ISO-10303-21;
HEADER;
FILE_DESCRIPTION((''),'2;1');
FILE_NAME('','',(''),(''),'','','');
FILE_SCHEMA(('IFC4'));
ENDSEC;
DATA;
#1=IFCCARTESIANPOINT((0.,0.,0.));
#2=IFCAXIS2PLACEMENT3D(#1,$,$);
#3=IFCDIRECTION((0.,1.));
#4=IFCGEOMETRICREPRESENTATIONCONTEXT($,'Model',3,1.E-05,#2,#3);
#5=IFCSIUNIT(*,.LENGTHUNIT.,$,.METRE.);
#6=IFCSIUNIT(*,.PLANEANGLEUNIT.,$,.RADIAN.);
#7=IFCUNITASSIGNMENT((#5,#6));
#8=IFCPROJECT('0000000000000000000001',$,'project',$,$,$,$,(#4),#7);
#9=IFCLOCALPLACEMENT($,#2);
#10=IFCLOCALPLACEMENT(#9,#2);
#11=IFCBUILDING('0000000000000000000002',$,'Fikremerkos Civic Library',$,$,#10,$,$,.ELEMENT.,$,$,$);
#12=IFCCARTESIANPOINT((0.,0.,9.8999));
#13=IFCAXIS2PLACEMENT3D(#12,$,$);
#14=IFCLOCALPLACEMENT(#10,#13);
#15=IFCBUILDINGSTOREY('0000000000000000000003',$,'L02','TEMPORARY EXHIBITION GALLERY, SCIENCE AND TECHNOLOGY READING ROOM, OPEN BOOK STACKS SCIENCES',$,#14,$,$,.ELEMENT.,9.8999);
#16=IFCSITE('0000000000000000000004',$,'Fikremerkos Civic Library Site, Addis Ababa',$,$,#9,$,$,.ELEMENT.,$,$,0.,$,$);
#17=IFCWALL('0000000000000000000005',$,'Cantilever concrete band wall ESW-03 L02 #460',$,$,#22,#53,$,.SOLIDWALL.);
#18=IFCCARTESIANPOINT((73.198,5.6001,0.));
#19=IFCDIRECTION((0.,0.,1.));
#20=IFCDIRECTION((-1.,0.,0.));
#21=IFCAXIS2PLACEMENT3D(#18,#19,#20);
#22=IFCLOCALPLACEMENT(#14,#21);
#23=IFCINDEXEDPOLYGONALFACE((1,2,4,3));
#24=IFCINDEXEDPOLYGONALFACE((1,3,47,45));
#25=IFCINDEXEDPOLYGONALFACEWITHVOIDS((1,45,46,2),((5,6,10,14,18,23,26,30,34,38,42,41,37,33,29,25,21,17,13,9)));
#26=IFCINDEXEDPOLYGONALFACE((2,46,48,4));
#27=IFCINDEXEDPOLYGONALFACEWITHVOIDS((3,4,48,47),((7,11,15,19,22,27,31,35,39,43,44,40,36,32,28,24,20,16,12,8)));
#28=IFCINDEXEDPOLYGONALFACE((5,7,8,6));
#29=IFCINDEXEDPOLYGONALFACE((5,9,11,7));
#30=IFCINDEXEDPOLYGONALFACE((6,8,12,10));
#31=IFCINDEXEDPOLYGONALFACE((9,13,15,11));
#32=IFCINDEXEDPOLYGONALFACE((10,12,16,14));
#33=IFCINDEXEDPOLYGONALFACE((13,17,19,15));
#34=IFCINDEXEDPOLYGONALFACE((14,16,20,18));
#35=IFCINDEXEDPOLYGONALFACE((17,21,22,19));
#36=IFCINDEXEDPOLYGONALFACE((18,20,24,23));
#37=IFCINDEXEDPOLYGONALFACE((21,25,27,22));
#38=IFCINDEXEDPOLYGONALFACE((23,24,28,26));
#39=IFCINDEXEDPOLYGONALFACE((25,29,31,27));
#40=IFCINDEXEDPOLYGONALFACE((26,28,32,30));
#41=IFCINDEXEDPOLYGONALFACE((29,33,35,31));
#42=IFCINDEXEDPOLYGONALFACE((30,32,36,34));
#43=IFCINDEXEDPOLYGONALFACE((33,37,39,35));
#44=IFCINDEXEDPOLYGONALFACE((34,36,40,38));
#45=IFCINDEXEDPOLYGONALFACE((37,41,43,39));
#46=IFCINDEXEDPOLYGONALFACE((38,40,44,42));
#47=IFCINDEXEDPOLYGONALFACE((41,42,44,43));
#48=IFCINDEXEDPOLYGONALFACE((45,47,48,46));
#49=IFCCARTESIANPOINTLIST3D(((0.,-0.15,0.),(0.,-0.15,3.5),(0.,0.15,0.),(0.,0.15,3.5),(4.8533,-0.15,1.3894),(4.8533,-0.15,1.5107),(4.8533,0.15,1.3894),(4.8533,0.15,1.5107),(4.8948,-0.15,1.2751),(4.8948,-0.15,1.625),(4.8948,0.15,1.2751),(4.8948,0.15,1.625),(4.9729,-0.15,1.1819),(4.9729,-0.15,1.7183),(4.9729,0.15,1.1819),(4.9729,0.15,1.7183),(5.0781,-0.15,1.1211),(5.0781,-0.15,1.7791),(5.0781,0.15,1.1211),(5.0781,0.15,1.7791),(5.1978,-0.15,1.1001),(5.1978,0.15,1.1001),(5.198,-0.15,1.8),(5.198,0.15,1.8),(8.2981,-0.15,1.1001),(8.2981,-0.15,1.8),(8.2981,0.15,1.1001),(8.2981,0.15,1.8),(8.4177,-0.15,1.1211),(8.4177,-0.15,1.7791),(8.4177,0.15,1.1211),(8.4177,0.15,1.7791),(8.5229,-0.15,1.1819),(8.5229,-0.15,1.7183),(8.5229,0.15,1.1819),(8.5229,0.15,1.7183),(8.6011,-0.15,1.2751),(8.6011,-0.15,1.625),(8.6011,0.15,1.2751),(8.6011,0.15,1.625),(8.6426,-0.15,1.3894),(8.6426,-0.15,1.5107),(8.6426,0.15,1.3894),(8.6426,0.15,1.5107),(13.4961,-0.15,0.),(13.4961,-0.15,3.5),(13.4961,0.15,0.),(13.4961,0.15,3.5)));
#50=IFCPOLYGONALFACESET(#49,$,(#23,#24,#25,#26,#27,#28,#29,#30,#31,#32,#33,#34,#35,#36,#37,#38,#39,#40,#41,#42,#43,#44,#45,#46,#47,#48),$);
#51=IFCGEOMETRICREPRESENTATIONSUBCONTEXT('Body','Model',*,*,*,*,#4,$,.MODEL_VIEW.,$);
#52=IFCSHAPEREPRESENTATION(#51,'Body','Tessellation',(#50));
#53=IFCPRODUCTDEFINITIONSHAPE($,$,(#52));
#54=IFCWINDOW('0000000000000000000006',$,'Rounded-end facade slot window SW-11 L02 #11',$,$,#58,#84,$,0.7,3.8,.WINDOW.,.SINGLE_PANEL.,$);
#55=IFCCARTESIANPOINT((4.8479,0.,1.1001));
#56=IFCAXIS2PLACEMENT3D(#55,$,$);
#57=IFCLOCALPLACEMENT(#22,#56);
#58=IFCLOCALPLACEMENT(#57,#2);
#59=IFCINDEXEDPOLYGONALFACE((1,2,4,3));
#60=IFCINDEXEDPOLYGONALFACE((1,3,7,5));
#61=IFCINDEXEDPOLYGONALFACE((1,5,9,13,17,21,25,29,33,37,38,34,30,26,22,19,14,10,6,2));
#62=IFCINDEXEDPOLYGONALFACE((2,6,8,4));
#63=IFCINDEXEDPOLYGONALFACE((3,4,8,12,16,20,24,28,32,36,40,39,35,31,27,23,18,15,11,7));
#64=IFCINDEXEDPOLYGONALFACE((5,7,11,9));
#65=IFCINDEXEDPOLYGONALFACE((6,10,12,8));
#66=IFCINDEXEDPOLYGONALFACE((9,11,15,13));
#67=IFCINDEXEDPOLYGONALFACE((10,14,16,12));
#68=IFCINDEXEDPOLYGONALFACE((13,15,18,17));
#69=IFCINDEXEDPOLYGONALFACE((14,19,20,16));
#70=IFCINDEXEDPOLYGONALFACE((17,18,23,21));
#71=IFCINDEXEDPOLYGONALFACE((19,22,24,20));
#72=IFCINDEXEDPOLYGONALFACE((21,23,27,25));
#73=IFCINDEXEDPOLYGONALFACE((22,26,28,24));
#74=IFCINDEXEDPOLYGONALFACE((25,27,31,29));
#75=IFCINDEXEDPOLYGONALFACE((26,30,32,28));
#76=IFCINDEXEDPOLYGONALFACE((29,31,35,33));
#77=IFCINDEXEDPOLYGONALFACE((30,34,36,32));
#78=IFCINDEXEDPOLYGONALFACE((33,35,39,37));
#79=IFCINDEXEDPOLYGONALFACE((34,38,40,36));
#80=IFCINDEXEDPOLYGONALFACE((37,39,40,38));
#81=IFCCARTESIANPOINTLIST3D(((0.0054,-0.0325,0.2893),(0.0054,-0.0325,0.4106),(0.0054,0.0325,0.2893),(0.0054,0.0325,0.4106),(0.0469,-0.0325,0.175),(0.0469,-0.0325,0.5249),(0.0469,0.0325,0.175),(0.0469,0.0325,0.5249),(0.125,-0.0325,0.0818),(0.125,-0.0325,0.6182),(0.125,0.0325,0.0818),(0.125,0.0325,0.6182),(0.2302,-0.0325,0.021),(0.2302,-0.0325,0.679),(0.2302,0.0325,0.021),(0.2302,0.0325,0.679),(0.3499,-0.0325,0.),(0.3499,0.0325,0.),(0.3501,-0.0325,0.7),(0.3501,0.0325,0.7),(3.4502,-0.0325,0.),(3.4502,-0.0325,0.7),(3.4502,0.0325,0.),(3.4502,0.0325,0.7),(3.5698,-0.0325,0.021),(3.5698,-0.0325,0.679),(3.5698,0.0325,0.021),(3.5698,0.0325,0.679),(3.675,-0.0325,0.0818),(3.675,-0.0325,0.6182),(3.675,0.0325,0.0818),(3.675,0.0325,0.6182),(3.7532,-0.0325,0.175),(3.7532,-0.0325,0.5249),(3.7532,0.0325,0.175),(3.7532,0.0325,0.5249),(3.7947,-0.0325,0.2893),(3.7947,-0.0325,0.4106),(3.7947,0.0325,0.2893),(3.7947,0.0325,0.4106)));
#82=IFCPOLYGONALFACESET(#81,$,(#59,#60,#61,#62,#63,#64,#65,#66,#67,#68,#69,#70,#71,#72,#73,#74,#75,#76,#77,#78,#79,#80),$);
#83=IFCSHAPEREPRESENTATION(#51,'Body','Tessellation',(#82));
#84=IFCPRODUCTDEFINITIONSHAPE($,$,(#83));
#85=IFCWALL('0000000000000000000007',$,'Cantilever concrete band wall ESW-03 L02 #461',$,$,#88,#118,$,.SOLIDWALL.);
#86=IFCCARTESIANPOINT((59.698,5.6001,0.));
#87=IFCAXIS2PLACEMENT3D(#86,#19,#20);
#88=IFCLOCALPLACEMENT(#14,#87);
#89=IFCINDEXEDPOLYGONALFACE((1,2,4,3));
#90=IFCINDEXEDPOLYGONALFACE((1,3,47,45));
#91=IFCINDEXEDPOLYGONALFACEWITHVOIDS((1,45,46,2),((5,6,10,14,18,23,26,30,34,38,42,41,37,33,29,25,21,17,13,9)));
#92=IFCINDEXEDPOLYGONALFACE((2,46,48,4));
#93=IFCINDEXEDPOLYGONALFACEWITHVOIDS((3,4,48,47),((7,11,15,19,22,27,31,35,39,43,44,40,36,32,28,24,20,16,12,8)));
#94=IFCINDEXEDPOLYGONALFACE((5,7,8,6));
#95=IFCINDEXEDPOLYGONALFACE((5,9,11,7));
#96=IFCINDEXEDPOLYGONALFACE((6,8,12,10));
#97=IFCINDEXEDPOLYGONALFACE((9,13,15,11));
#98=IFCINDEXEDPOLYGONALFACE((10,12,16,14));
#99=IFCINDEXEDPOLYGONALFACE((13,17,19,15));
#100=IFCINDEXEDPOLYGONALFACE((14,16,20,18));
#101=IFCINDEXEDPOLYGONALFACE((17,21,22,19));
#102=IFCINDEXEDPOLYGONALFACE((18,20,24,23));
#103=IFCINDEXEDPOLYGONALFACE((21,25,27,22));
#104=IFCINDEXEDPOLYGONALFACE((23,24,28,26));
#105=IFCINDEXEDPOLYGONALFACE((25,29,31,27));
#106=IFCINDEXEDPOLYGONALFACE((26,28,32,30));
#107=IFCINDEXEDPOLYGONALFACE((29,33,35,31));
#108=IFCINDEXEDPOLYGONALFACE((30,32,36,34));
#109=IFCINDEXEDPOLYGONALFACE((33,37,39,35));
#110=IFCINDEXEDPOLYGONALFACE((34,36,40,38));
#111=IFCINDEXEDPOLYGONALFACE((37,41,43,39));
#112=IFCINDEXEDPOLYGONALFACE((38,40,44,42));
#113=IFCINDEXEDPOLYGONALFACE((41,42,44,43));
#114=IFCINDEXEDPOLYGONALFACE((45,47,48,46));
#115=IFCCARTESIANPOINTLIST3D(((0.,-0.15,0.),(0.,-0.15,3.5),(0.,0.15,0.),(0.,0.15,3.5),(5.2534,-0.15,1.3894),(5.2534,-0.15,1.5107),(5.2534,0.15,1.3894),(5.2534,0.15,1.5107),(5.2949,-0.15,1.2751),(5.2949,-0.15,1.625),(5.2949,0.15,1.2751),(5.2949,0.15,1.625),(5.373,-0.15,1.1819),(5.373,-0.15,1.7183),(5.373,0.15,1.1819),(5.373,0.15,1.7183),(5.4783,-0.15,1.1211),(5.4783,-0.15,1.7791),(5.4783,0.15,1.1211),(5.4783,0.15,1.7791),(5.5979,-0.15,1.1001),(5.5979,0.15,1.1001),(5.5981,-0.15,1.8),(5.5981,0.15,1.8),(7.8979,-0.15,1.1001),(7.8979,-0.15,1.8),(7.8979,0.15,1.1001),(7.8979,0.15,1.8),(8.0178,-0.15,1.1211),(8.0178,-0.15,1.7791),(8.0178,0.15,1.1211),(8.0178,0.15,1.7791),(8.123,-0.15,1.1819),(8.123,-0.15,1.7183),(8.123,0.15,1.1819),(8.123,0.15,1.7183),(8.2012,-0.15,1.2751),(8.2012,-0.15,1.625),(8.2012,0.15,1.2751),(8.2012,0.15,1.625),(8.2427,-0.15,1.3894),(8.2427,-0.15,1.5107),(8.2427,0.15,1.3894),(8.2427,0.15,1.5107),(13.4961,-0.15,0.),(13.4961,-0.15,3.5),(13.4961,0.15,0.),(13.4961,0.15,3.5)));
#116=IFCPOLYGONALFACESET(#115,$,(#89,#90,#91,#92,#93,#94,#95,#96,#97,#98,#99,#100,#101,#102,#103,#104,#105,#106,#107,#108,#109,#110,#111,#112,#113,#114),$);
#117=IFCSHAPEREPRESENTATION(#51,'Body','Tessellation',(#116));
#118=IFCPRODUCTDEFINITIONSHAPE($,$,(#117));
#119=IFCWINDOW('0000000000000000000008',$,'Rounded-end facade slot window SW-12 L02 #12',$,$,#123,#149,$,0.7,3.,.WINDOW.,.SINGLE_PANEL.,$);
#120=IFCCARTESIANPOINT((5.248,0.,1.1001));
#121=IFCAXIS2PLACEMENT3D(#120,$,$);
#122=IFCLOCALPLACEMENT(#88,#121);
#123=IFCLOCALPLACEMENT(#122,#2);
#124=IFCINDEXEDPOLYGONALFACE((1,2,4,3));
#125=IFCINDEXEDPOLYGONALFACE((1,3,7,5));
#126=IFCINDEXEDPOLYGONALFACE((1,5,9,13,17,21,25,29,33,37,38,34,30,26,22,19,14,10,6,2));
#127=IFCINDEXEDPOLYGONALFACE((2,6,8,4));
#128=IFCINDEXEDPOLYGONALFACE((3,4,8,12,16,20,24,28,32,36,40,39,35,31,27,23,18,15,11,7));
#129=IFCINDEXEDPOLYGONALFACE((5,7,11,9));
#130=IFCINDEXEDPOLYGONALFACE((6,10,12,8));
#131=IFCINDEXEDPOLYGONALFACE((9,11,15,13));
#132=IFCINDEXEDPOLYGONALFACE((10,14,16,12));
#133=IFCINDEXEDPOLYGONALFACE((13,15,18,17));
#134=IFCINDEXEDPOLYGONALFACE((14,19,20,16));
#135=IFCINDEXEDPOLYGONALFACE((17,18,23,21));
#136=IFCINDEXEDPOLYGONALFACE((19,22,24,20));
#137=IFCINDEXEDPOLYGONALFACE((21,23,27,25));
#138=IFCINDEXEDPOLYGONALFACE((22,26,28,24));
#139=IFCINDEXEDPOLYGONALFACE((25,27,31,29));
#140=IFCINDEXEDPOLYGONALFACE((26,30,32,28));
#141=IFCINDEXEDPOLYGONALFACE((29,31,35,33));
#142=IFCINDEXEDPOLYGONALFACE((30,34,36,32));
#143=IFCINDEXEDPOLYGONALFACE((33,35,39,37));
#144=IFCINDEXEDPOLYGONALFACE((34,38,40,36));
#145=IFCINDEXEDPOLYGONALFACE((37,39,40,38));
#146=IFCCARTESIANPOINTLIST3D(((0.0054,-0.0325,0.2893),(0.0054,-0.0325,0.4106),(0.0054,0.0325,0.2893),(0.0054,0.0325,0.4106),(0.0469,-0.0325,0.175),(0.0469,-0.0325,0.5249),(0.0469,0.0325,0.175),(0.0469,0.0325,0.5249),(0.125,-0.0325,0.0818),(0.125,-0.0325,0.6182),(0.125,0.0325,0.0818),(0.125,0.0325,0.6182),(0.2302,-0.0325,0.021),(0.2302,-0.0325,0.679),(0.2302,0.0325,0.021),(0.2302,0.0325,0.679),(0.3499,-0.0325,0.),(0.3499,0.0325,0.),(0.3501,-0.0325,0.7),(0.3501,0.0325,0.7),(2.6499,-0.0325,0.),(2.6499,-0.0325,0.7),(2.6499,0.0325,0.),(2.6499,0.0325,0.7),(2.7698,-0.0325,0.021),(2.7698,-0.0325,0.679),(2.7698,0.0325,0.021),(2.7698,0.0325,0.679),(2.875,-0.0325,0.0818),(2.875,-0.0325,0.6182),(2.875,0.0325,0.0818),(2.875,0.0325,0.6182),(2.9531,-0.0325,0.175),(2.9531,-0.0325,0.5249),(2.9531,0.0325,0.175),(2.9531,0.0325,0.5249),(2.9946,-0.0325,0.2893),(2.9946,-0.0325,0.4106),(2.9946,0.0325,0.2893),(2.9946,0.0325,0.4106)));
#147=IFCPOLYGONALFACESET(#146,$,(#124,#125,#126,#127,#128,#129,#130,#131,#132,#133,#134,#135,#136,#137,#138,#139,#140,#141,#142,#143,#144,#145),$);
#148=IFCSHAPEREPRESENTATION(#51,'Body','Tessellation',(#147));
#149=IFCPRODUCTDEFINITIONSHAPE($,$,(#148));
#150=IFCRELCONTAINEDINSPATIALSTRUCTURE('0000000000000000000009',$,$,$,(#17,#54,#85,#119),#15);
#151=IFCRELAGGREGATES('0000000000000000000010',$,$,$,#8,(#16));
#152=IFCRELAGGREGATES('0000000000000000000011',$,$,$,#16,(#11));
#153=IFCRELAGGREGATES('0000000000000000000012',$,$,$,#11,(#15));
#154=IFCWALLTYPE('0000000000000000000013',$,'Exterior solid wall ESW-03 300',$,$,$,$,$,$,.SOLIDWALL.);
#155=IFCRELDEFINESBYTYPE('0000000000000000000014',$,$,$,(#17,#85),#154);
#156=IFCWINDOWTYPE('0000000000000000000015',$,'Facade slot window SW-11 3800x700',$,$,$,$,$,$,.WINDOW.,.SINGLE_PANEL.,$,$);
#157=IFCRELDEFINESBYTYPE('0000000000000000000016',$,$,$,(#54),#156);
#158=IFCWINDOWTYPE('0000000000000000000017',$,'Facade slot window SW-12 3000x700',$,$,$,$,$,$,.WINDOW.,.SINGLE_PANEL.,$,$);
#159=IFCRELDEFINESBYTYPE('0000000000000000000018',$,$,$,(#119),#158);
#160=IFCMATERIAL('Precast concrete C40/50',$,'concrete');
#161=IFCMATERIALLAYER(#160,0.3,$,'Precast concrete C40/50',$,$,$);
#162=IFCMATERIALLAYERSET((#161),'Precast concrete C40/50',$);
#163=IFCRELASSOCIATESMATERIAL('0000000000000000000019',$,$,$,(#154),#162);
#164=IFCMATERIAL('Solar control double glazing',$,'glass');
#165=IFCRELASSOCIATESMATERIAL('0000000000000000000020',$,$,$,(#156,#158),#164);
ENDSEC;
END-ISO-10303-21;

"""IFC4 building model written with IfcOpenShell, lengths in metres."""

from ifc_helpers import new_model, si_unit, direction, frame, frame_2d, origin, place, context, subcontext, project, spatial, polyline, rectangle, outline, extrude, material, layer, layer_set, type_object, element, fill, save


model = new_model("IFC4")

# Units and contexts
model_context = context("Model", 3, precision=1e-05, world=origin(), true_north=direction((0.0, 1.0)))
body_context = subcontext(model_context, "Body", "Model", "MODEL_VIEW")
ifc_project = project(units=[si_unit("LENGTHUNIT", "METRE"), si_unit("PLANEANGLEUNIT", "RADIAN")], contexts=[model_context])

# Site, building, storey
site_placement = place(None, origin())
site = spatial("IfcSite", under=ifc_project, at=site_placement, Name="Fikremerkos Civic Library Site, Addis Ababa", CompositionType="ELEMENT", RefElevation=0.0)
building_placement = place(site_placement, origin())
building = spatial("IfcBuilding", under=site, at=building_placement, Name="Fikremerkos Civic Library", CompositionType="ELEMENT")
storey_placement = place(building_placement, frame((0.0, 0.0, 9.8999)))
storey = spatial("IfcBuildingStorey", under=building, at=storey_placement, Name="L02", Description="TEMPORARY EXHIBITION GALLERY, SCIENCE AND TECHNOLOGY READING ROOM, OPEN BOOK STACKS SCIENCES", CompositionType="ELEMENT", Elevation=9.8999)

# Walls, openings, windows
ifc_material_1 = material(Name="Precast concrete C40/50", Category="concrete")
ifc_layer_1 = layer(ifc_material_1, 0.3, Name="Precast concrete C40/50")
ifc_layer_set_1 = layer_set([ifc_layer_1], Name="Precast concrete C40/50")
wall_type = type_object("IfcWallType", Name="Exterior solid wall ESW-03 300", PredefinedType="SOLIDWALL", material=ifc_layer_set_1)
wall_1_placement = place(storey_placement, frame((73.198, 5.6001, 0.0), z_axis=(0.0, 0.0, 1.0), x_axis=(-1.0, 0.0, 0.0)))
wall_1 = element("IfcWall", 1, at=wall_1_placement, inside=storey, type_object=wall_type, Name="Cantilever concrete band wall ESW-03 L02 #460", PredefinedType="SOLIDWALL", context=body_context, shape_type="SweptSolid", body=[
    extrude(rectangle(XDim=13.4961, YDim=0.3, at=frame_2d((6.748, 0.0))), origin(), (0.0, 0.0, 1.0), 3.5),
])
opening_1_placement = place(wall_1_placement, frame((4.8479, 0.0, 1.1001)))
opening_1 = element("IfcOpeningElement", 2, at=opening_1_placement, cuts=wall_1, PredefinedType="OPENING", context=body_context, shape_type="SweptSolid", body=[
    extrude(outline(polyline([(0.3501, 0.7), (0.2302, 0.679), (0.125, 0.6182), (0.0469, 0.5249), (0.0054, 0.4106), (0.0054, 0.2893), (0.0469, 0.175), (0.125, 0.0818), (0.2302, 0.021), (0.3499, 0.0), (3.4502, 0.0), (3.5698, 0.021), (3.675, 0.0818), (3.7532, 0.175), (3.7947, 0.2893), (3.7947, 0.4106), (3.7532, 0.5249), (3.675, 0.6182), (3.5698, 0.679), (3.4502, 0.7), (0.3501, 0.7)])), frame((0.0, 0.1599, 0.0), z_axis=(0.0, -1.0, 0.0), x_axis=(1.0, 0.0, 0.0)), (0.0, 0.0, 1.0), 0.3201),
])
ifc_material_2 = material(Name="Solar control double glazing", Category="glass")
window_type_1 = type_object("IfcWindowType", Name="Facade slot window SW-11 3800x700", PartitioningType="SINGLE_PANEL", PredefinedType="WINDOW", material=ifc_material_2)
window_1_placement = place(opening_1_placement, origin())
window_1 = element("IfcWindow", 3, at=window_1_placement, inside=storey, type_object=window_type_1, Name="Rounded-end facade slot window SW-11 L02 #11", OverallHeight=0.7, OverallWidth=3.8, PartitioningType="SINGLE_PANEL", PredefinedType="WINDOW", context=body_context, shape_type="SweptSolid", body=[
    extrude(outline(polyline([(0.3501, 0.7), (0.2302, 0.679), (0.125, 0.6182), (0.0469, 0.5249), (0.0054, 0.4106), (0.0054, 0.2893), (0.0469, 0.175), (0.125, 0.0818), (0.2302, 0.021), (0.3499, 0.0), (3.4502, 0.0), (3.5698, 0.021), (3.675, 0.0818), (3.7532, 0.175), (3.7947, 0.2893), (3.7947, 0.4106), (3.7532, 0.5249), (3.675, 0.6182), (3.5698, 0.679), (3.4502, 0.7), (0.3501, 0.7)])), frame((0.0, 0.0325, 0.0), z_axis=(0.0, -1.0, 0.0), x_axis=(1.0, 0.0, 0.0)), (0.0, 0.0, 1.0), 0.0649),
])
fill(opening_1, window_1)
wall_2_placement = place(storey_placement, frame((59.698, 5.6001, 0.0), z_axis=(0.0, 0.0, 1.0), x_axis=(-1.0, 0.0, 0.0)))
wall_2 = element("IfcWall", 4, at=wall_2_placement, inside=storey, type_object=wall_type, Name="Cantilever concrete band wall ESW-03 L02 #461", PredefinedType="SOLIDWALL", context=body_context, shape_type="SweptSolid", body=[
    extrude(rectangle(XDim=13.4961, YDim=0.3, at=frame_2d((6.748, 0.0))), origin(), (0.0, 0.0, 1.0), 3.5),
])
opening_2_placement = place(wall_2_placement, frame((5.248, 0.0, 1.1001)))
opening_2 = element("IfcOpeningElement", 5, at=opening_2_placement, cuts=wall_2, PredefinedType="OPENING", context=body_context, shape_type="SweptSolid", body=[
    extrude(outline(polyline([(0.3501, 0.7), (0.2302, 0.679), (0.125, 0.6182), (0.0469, 0.5249), (0.0054, 0.4106), (0.0054, 0.2893), (0.0469, 0.175), (0.125, 0.0818), (0.2302, 0.021), (0.3499, 0.0), (2.6499, 0.0), (2.7698, 0.021), (2.875, 0.0818), (2.9531, 0.175), (2.9946, 0.2893), (2.9946, 0.4106), (2.9531, 0.5249), (2.875, 0.6182), (2.7698, 0.679), (2.6499, 0.7), (0.3501, 0.7)])), frame((0.0, 0.1599, 0.0), z_axis=(0.0, -1.0, 0.0), x_axis=(1.0, 0.0, 0.0)), (0.0, 0.0, 1.0), 0.3201),
])
window_type_2 = type_object("IfcWindowType", Name="Facade slot window SW-12 3000x700", PartitioningType="SINGLE_PANEL", PredefinedType="WINDOW", material=ifc_material_2)
window_2_placement = place(opening_2_placement, origin())
window_2 = element("IfcWindow", 6, at=window_2_placement, inside=storey, type_object=window_type_2, Name="Rounded-end facade slot window SW-12 L02 #12", OverallHeight=0.7, OverallWidth=3.0, PartitioningType="SINGLE_PANEL", PredefinedType="WINDOW", context=body_context, shape_type="SweptSolid", body=[
    extrude(outline(polyline([(0.3501, 0.7), (0.2302, 0.679), (0.125, 0.6182), (0.0469, 0.5249), (0.0054, 0.4106), (0.0054, 0.2893), (0.0469, 0.175), (0.125, 0.0818), (0.2302, 0.021), (0.3499, 0.0), (2.6499, 0.0), (2.7698, 0.021), (2.875, 0.0818), (2.9531, 0.175), (2.9946, 0.2893), (2.9946, 0.4106), (2.9531, 0.5249), (2.875, 0.6182), (2.7698, 0.679), (2.6499, 0.7), (0.3501, 0.7)])), frame((0.0, 0.0325, 0.0), z_axis=(0.0, -1.0, 0.0), x_axis=(1.0, 0.0, 0.0)), (0.0, 0.0, 1.0), 0.0649),
])
fill(opening_2, window_2)

save(model, "model.ifc")
